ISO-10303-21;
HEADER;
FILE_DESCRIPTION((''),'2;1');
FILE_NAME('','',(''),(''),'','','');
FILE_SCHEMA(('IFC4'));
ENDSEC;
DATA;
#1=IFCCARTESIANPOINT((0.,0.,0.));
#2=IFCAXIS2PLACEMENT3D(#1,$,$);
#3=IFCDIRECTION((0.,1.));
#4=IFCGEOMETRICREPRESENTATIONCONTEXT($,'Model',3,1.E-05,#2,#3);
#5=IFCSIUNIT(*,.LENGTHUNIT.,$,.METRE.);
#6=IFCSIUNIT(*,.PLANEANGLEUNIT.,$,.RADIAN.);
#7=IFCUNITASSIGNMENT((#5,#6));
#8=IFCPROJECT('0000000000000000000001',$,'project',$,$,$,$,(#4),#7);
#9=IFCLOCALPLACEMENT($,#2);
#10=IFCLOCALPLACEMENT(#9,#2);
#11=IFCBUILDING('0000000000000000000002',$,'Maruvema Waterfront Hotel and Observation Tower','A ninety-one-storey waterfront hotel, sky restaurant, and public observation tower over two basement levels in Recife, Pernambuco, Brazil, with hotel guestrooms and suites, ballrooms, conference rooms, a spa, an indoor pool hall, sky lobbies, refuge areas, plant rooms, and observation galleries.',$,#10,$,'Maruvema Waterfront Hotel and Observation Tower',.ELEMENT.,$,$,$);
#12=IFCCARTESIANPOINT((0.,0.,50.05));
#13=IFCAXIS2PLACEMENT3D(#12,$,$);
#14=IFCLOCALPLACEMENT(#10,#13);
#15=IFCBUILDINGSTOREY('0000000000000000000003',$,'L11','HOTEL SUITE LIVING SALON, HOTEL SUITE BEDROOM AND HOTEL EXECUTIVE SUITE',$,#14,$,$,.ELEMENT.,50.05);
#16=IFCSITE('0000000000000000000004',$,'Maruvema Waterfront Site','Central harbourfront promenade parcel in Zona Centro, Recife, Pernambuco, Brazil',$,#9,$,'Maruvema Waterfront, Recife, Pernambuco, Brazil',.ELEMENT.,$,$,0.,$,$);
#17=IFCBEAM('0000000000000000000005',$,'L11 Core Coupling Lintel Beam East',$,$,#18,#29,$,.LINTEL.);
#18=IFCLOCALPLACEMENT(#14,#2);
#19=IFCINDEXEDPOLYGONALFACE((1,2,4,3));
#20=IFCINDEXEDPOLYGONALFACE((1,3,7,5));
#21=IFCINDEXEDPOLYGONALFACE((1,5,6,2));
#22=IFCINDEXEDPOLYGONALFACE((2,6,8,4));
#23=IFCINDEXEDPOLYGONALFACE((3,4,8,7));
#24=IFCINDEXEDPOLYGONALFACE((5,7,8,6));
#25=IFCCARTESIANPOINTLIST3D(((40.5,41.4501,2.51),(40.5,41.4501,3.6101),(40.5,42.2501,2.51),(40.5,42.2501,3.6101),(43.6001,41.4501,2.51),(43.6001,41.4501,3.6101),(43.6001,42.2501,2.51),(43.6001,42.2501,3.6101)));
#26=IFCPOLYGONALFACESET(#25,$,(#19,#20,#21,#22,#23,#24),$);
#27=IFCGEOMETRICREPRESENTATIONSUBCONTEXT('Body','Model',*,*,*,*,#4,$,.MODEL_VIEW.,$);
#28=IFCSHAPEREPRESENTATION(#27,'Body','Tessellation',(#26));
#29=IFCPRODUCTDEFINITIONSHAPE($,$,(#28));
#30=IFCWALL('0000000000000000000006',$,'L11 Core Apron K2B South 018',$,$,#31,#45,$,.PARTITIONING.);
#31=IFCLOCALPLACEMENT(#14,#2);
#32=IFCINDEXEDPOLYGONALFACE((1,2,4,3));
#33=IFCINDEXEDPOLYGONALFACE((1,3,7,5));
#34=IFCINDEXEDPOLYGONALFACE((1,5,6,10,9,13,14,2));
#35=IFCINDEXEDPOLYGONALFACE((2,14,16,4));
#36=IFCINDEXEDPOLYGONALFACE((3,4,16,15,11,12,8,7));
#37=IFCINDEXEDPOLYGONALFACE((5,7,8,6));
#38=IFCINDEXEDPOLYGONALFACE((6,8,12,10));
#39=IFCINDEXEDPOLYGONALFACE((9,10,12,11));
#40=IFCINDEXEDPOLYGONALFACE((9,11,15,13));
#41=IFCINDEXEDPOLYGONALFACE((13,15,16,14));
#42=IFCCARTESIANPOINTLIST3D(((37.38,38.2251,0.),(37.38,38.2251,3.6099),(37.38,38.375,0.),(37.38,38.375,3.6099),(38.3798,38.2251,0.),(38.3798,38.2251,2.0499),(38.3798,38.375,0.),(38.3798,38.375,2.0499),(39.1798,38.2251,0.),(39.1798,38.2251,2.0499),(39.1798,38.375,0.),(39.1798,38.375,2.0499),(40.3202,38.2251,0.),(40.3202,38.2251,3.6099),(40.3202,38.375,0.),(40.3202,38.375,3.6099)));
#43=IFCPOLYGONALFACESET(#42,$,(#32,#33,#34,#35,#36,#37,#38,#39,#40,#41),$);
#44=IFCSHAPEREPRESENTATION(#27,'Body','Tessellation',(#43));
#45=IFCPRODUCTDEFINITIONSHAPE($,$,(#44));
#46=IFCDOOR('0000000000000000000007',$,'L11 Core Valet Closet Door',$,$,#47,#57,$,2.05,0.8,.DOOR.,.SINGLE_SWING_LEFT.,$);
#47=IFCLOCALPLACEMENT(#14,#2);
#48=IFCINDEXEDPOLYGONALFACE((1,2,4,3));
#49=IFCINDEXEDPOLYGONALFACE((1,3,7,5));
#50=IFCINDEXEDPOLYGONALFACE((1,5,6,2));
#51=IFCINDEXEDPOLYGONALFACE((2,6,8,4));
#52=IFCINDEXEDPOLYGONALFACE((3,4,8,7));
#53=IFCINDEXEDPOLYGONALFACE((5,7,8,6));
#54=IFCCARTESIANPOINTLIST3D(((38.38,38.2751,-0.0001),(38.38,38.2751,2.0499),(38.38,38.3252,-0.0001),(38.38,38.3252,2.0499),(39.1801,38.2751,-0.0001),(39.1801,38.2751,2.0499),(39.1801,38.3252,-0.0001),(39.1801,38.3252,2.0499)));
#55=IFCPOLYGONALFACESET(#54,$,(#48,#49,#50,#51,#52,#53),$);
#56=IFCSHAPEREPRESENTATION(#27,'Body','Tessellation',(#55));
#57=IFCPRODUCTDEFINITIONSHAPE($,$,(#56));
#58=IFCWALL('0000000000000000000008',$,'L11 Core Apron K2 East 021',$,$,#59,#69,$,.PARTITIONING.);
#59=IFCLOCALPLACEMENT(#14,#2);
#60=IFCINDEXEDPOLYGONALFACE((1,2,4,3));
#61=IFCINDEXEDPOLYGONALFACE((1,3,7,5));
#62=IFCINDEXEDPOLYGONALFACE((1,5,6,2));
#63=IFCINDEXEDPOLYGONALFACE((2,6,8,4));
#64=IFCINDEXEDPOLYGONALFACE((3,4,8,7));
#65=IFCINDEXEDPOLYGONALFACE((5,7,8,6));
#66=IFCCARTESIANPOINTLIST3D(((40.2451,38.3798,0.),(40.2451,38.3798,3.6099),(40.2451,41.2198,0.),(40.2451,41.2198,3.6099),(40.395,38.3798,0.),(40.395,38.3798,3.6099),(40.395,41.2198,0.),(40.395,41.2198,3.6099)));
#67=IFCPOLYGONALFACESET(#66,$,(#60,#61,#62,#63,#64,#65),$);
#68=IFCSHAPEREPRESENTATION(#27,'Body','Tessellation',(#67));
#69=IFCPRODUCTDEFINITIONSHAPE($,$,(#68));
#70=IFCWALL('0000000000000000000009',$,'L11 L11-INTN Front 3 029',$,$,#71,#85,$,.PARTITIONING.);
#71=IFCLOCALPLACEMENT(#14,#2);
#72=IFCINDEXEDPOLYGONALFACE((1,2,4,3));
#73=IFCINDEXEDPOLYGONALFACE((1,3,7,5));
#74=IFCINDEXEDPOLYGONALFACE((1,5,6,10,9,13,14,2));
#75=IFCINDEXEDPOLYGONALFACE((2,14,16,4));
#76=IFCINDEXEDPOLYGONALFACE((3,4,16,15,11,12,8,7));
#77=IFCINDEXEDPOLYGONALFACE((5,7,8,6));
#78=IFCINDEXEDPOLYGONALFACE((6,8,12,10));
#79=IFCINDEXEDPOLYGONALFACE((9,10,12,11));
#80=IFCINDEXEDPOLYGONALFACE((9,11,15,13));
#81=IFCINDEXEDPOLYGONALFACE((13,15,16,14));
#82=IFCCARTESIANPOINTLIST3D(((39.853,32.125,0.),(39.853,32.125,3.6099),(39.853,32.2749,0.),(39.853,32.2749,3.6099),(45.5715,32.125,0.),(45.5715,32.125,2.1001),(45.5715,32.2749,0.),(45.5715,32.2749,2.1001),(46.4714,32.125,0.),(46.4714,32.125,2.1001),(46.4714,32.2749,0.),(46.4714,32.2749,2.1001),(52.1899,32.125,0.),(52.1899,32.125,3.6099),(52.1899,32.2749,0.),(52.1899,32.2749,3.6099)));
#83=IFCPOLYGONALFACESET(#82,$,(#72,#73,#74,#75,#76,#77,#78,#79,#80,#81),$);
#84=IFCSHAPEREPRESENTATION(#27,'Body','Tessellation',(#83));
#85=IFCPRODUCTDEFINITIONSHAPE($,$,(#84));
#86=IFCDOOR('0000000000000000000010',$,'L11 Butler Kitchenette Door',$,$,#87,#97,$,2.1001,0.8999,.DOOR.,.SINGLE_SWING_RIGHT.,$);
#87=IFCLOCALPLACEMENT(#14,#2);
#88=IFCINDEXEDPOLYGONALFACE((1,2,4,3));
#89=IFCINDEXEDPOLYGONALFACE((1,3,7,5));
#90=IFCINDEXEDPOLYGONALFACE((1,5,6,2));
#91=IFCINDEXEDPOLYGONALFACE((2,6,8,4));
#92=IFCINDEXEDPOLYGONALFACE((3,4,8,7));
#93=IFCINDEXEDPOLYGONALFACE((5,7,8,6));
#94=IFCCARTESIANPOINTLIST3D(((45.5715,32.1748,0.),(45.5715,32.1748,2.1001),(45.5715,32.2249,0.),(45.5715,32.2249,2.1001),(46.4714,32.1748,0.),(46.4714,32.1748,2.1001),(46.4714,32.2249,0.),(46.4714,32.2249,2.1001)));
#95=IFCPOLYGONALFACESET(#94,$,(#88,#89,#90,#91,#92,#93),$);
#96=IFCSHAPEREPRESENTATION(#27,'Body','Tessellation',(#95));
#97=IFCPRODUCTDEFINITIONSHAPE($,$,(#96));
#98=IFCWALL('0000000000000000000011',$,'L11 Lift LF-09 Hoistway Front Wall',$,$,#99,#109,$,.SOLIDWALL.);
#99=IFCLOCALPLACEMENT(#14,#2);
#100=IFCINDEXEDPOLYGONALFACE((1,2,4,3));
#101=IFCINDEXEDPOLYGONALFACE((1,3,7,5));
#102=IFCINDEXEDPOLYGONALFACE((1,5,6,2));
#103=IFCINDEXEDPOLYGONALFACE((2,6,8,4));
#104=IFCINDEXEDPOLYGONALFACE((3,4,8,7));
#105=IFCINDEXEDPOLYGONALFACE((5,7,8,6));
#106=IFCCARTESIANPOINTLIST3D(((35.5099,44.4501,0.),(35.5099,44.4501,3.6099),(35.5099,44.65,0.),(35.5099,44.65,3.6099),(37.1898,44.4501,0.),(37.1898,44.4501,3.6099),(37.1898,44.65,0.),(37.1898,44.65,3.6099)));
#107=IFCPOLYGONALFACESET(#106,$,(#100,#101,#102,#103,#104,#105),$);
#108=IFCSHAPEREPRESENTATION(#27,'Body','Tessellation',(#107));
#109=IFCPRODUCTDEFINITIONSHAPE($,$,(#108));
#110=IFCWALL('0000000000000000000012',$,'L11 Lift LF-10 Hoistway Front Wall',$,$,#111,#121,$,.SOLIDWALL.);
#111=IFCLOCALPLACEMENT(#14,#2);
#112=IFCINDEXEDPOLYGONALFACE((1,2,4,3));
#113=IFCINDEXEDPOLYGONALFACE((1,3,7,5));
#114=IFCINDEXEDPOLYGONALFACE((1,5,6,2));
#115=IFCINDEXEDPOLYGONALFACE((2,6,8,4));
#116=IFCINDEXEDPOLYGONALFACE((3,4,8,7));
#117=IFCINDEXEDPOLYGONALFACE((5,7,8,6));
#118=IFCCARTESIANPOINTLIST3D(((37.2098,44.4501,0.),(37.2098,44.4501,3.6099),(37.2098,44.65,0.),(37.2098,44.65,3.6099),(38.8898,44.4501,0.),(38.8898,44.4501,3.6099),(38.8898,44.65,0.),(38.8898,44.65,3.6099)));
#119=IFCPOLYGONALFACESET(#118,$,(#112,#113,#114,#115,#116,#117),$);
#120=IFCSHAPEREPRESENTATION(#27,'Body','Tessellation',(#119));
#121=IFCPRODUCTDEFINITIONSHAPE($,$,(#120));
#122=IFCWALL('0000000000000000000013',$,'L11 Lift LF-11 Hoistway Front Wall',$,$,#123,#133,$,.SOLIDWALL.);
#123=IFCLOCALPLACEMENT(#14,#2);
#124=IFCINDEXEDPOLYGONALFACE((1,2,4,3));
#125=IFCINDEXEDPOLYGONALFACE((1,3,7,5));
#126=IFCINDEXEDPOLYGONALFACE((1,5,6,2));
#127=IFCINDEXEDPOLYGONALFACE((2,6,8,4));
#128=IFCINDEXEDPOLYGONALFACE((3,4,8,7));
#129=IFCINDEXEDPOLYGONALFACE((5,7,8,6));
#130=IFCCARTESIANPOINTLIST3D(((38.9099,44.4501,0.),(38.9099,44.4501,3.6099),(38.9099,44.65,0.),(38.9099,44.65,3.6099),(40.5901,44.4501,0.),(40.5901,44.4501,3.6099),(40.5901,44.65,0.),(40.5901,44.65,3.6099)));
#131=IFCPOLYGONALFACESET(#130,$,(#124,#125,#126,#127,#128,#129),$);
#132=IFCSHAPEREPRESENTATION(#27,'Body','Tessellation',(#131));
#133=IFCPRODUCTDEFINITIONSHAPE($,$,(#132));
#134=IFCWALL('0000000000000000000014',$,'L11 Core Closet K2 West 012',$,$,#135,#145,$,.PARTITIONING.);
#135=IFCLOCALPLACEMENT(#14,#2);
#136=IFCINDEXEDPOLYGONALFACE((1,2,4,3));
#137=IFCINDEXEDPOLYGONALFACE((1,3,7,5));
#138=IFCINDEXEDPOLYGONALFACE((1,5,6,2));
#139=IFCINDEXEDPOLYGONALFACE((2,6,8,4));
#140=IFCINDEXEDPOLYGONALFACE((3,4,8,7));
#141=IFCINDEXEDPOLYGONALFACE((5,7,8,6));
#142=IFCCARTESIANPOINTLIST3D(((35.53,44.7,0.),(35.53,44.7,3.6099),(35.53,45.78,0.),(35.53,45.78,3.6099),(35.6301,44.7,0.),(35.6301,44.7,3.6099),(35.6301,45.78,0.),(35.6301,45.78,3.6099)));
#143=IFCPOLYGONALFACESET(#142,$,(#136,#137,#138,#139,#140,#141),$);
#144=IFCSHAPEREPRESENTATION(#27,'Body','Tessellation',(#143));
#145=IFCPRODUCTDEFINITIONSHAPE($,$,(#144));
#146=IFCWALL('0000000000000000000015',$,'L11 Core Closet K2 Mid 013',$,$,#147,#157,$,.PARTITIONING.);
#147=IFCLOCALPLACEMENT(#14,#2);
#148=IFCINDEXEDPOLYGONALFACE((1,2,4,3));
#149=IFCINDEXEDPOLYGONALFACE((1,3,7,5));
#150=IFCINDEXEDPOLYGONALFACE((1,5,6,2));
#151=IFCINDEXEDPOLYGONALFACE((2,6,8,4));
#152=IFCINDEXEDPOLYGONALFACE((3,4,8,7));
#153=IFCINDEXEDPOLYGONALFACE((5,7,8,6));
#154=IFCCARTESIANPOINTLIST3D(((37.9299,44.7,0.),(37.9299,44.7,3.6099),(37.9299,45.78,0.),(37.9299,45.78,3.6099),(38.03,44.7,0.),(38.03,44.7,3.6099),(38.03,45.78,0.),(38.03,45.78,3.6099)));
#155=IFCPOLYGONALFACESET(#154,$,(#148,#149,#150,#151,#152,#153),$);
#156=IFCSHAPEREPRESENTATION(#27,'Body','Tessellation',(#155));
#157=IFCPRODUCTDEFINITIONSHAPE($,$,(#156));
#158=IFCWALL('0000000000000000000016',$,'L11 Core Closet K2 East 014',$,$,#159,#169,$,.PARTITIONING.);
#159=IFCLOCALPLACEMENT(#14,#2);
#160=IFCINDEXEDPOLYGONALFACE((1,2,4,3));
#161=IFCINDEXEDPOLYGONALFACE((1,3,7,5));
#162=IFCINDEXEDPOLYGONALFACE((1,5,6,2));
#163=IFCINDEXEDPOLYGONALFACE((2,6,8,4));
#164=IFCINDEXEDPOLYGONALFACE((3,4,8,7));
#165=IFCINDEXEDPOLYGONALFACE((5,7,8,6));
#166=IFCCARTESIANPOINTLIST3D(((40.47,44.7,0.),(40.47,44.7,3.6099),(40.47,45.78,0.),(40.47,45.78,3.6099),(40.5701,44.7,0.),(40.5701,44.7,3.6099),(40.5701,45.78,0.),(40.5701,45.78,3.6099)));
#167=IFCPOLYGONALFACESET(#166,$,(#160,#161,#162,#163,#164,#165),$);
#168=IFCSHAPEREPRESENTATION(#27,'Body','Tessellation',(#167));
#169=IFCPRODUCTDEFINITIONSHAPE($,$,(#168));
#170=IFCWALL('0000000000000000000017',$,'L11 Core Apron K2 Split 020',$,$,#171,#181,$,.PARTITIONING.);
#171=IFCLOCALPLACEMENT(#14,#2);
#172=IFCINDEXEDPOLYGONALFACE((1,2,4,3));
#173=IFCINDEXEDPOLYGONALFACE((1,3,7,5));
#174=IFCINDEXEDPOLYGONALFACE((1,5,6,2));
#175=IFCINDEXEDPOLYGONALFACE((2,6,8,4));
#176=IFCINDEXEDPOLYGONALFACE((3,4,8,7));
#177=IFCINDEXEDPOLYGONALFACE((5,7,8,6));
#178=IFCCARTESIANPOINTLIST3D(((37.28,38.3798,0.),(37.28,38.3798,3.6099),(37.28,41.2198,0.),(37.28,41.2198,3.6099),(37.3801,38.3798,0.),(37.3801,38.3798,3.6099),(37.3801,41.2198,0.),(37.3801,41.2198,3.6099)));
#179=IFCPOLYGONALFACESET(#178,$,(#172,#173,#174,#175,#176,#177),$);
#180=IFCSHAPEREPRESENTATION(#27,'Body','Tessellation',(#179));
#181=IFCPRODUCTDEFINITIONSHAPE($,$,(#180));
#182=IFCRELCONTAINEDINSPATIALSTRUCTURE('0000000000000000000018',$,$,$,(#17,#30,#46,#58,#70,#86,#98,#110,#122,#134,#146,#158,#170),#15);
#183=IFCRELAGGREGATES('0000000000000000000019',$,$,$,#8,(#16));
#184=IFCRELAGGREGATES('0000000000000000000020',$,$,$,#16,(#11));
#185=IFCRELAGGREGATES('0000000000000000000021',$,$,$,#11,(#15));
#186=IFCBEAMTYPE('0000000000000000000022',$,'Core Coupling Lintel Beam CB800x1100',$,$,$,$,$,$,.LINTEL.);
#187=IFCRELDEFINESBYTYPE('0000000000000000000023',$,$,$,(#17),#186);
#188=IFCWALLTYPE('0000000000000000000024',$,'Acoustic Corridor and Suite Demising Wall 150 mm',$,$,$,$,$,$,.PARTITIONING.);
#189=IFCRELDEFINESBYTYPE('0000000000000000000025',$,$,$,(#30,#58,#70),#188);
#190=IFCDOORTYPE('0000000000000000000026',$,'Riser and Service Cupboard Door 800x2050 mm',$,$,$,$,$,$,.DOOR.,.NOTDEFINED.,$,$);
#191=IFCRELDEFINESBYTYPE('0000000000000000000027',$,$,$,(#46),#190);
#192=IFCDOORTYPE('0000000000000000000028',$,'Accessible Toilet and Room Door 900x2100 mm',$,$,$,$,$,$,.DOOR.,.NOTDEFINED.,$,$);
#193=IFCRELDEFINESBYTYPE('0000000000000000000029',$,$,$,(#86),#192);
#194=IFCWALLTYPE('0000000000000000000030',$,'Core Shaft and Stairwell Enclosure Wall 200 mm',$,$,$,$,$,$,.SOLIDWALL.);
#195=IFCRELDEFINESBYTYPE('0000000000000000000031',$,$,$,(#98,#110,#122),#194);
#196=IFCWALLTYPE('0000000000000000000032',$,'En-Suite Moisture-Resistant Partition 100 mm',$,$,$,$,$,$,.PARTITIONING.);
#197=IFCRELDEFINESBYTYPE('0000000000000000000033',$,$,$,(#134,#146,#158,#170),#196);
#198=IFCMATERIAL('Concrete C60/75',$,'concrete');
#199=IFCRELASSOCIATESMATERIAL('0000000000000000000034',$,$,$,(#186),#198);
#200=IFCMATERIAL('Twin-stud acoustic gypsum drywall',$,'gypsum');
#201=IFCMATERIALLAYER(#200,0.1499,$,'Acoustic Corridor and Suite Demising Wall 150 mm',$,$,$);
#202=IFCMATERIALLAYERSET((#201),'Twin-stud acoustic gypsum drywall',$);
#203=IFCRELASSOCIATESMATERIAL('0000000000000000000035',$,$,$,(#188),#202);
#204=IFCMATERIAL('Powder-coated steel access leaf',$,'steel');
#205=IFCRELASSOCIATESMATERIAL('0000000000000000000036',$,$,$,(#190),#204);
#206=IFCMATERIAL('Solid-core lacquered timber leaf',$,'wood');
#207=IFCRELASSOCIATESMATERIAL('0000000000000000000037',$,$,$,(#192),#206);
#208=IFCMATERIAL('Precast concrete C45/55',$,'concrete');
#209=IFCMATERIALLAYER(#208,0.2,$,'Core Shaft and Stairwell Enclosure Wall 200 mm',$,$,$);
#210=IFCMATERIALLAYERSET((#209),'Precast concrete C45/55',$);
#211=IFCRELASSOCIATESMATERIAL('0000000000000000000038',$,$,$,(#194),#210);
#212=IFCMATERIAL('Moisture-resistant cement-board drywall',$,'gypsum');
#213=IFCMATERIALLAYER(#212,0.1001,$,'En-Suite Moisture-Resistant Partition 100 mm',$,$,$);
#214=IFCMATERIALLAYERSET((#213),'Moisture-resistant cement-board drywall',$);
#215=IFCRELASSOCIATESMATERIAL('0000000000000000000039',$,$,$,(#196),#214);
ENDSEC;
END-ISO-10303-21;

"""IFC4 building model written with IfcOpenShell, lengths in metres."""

from ifc_helpers import new_model, si_unit, direction, frame, frame_2d, origin, origin_2d, place, context, subcontext, project, spatial, rectangle, extrude, material, layer, layer_set, material_profile, profile_set, type_object, element, fill, save


model = new_model("IFC4")

# Units and contexts
model_context = context("Model", 3, precision=1e-05, world=origin(), true_north=direction((0.0, 1.0)))
body_context = subcontext(model_context, "Body", "Model", "MODEL_VIEW")
ifc_project = project(units=[si_unit("LENGTHUNIT", "METRE"), si_unit("PLANEANGLEUNIT", "RADIAN")], contexts=[model_context])

# Site, building, storey
site_placement = place(None, origin())
site = spatial("IfcSite", under=ifc_project, at=site_placement, Name="Maruvema Waterfront Site", Description="Central harbourfront promenade parcel in Zona Centro, Recife, Pernambuco, Brazil", LongName="Maruvema Waterfront, Recife, Pernambuco, Brazil", CompositionType="ELEMENT", RefElevation=0.0)
building_placement = place(site_placement, origin())
building = spatial("IfcBuilding", under=site, at=building_placement, Name="Maruvema Waterfront Hotel and Observation Tower", Description="A ninety-one-storey waterfront hotel, sky restaurant, and public observation tower over two basement levels in Recife, Pernambuco, Brazil, with hotel guestrooms and suites, ballrooms, conference rooms, a spa, an indoor pool hall, sky lobbies, refuge areas, plant rooms, and observation galleries.", LongName="Maruvema Waterfront Hotel and Observation Tower", CompositionType="ELEMENT")
storey_placement = place(building_placement, frame((0.0, 0.0, 50.05)))
storey = spatial("IfcBuildingStorey", under=building, at=storey_placement, Name="L11", Description="HOTEL SUITE LIVING SALON, HOTEL SUITE BEDROOM AND HOTEL EXECUTIVE SUITE", CompositionType="ELEMENT", Elevation=50.05)

# Beam
ifc_material_1 = material(Name="Concrete C60/75", Category="concrete")
ifc_material_profile = material_profile(ifc_material_1, rectangle(XDim=0.8, YDim=1.1001, at=origin_2d()), Name="CB800x1100")
ifc_profile_set = profile_set([ifc_material_profile], Name="Concrete C60/75")
beam_type = type_object("IfcBeamType", Name="Core Coupling Lintel Beam CB800x1100", PredefinedType="LINTEL", material=ifc_profile_set)
beam_placement = place(storey_placement, frame((40.5, 41.8501, 3.0601), z_axis=(1.0, 0.0, 0.0), x_axis=(0.0, 1.0, 0.0)))
element("IfcBeam", 1, at=beam_placement, inside=storey, type_object=beam_type, Name="L11 Core Coupling Lintel Beam East", PredefinedType="LINTEL", context=body_context, shape_type="SweptSolid", body=[
    extrude(rectangle(XDim=0.8, YDim=1.1001, at=origin_2d()), origin(), (0.0, 0.0, 1.0), 3.1001),
])

# Wall, opening, door
ifc_material_2 = material(Name="Twin-stud acoustic gypsum drywall", Category="gypsum")
ifc_layer_1 = layer(ifc_material_2, 0.1499, Name="Acoustic Corridor and Suite Demising Wall 150 mm")
ifc_layer_set_1 = layer_set([ifc_layer_1], Name="Twin-stud acoustic gypsum drywall")
wall_type_1 = type_object("IfcWallType", Name="Acoustic Corridor and Suite Demising Wall 150 mm", PredefinedType="PARTITIONING", material=ifc_layer_set_1)
wall_1_placement = place(storey_placement, frame((37.3799, 38.3, 0.0), z_axis=(0.0, 0.0, 1.0), x_axis=(1.0, 0.0, 0.0)))
wall_1 = element("IfcWall", 2, at=wall_1_placement, inside=storey, type_object=wall_type_1, Name="L11 Core Apron K2B South 018", PredefinedType="PARTITIONING", context=body_context, shape_type="SweptSolid", body=[
    extrude(rectangle(XDim=2.9402, YDim=0.1499, at=frame_2d((1.4702, 0.0))), origin(), (0.0, 0.0, 1.0), 3.6099),
])
opening_1_placement = place(wall_1_placement, frame((1.0, 0.0, 0.0)))
opening_1 = element("IfcOpeningElement", 3, at=opening_1_placement, cuts=wall_1, PredefinedType="OPENING", context=body_context, shape_type="SweptSolid", body=[
    extrude(rectangle(XDim=0.8, YDim=2.05, at=frame_2d((0.3999, 1.0249))), frame((0.0, 0.085, 0.0), z_axis=(0.0, -1.0, 0.0), x_axis=(1.0, 0.0, 0.0)), (0.0, 0.0, 1.0), 0.1699),
])
ifc_material_3 = material(Name="Powder-coated steel access leaf", Category="steel")
door_type_1 = type_object("IfcDoorType", Name="Riser and Service Cupboard Door 800x2050 mm", OperationType="NOTDEFINED", PredefinedType="DOOR", material=ifc_material_3)
door_1_placement = place(opening_1_placement, frame((0.8, 0.0, 0.0), z_axis=(0.0, 0.0, 1.0), x_axis=(-1.0, 0.0, 0.0)))
door_1 = element("IfcDoor", 4, at=door_1_placement, inside=storey, type_object=door_type_1, Name="L11 Core Valet Closet Door", OperationType="SINGLE_SWING_LEFT", OverallHeight=2.05, OverallWidth=0.8, PredefinedType="DOOR", context=body_context, shape_type="SweptSolid", body=[
    extrude(rectangle(XDim=0.8, YDim=2.05, at=frame_2d((0.3999, 1.0249))), frame((0.0, 0.0249, 0.0), z_axis=(0.0, -1.0, 0.0), x_axis=(1.0, 0.0, 0.0)), (0.0, 0.0, 1.0), 0.05),
])
fill(opening_1, door_1)

# Wall
wall_2_placement = place(storey_placement, frame((40.3201, 38.3799, 0.0), z_axis=(0.0, 0.0, 1.0), x_axis=(0.0, 1.0, 0.0)))
element("IfcWall", 5, at=wall_2_placement, inside=storey, type_object=wall_type_1, Name="L11 Core Apron K2 East 021", PredefinedType="PARTITIONING", context=body_context, shape_type="SweptSolid", body=[
    extrude(rectangle(XDim=2.8401, YDim=0.1499, at=frame_2d((1.4199, 0.0))), origin(), (0.0, 0.0, 1.0), 3.6099),
])

# Wall, opening, door
wall_3_placement = place(storey_placement, frame((39.853, 32.2, 0.0), z_axis=(0.0, 0.0, 1.0), x_axis=(1.0, 0.0, 0.0)))
wall_3 = element("IfcWall", 6, at=wall_3_placement, inside=storey, type_object=wall_type_1, Name="L11 L11-INTN Front 3 029", PredefinedType="PARTITIONING", context=body_context, shape_type="SweptSolid", body=[
    extrude(rectangle(XDim=12.3369, YDim=0.1499, at=frame_2d((6.1685, 0.0))), origin(), (0.0, 0.0, 1.0), 3.6099),
])
opening_2_placement = place(wall_3_placement, frame((5.7185, 0.0, 0.0)))
opening_2 = element("IfcOpeningElement", 7, at=opening_2_placement, cuts=wall_3, PredefinedType="OPENING", context=body_context, shape_type="SweptSolid", body=[
    extrude(rectangle(XDim=0.8999, YDim=2.1001, at=frame_2d((0.45, 1.05))), frame((0.0, 0.085, 0.0), z_axis=(0.0, -1.0, 0.0), x_axis=(1.0, 0.0, 0.0)), (0.0, 0.0, 1.0), 0.1699),
])
ifc_material_4 = material(Name="Solid-core lacquered timber leaf", Category="wood")
door_type_2 = type_object("IfcDoorType", Name="Accessible Toilet and Room Door 900x2100 mm", OperationType="NOTDEFINED", PredefinedType="DOOR", material=ifc_material_4)
door_2_placement = place(opening_2_placement, origin())
door_2 = element("IfcDoor", 8, at=door_2_placement, inside=storey, type_object=door_type_2, Name="L11 Butler Kitchenette Door", OperationType="SINGLE_SWING_RIGHT", OverallHeight=2.1001, OverallWidth=0.8999, PredefinedType="DOOR", context=body_context, shape_type="SweptSolid", body=[
    extrude(rectangle(XDim=0.8999, YDim=2.1001, at=frame_2d((0.45, 1.05))), frame((0.0, 0.0249, 0.0), z_axis=(0.0, -1.0, 0.0), x_axis=(1.0, 0.0, 0.0)), (0.0, 0.0, 1.0), 0.05),
])
fill(opening_2, door_2)

# Walls
ifc_material_5 = material(Name="Precast concrete C45/55", Category="concrete")
ifc_layer_2 = layer(ifc_material_5, 0.2, Name="Core Shaft and Stairwell Enclosure Wall 200 mm")
ifc_layer_set_2 = layer_set([ifc_layer_2], Name="Precast concrete C45/55")
wall_type_2 = type_object("IfcWallType", Name="Core Shaft and Stairwell Enclosure Wall 200 mm", PredefinedType="SOLIDWALL", material=ifc_layer_set_2)
for number, where, z_axis, x_axis, name in (
    (9, (35.51, 44.55, 0.0), (0.0, 0.0, 1.0), (1.0, 0.0, 0.0), "L11 Lift LF-09 Hoistway Front Wall"),
    (10, (37.21, 44.55, 0.0), (0.0, 0.0, 1.0), (1.0, 0.0, 0.0), "L11 Lift LF-10 Hoistway Front Wall"),
):
    element("IfcWall", number, at=place(storey_placement, frame(where, z_axis=z_axis, x_axis=x_axis)), inside=storey, type_object=wall_type_2, Name=name, PredefinedType="SOLIDWALL", context=body_context, shape_type="SweptSolid", body=[
        extrude(rectangle(XDim=1.6799, YDim=0.2, at=frame_2d((0.8398, 0.0))), origin(), (0.0, 0.0, 1.0), 3.6099),
    ])
wall_4_placement = place(storey_placement, frame((38.9099, 44.55, 0.0), z_axis=(0.0, 0.0, 1.0), x_axis=(1.0, 0.0, 0.0)))
element("IfcWall", 11, at=wall_4_placement, inside=storey, type_object=wall_type_2, Name="L11 Lift LF-11 Hoistway Front Wall", PredefinedType="SOLIDWALL", context=body_context, shape_type="SweptSolid", body=[
    extrude(rectangle(XDim=1.6802, YDim=0.2, at=frame_2d((0.8401, 0.0))), origin(), (0.0, 0.0, 1.0), 3.6099),
])
ifc_material_6 = material(Name="Moisture-resistant cement-board drywall", Category="gypsum")
ifc_layer_3 = layer(ifc_material_6, 0.1001, Name="En-Suite Moisture-Resistant Partition 100 mm")
ifc_layer_set_3 = layer_set([ifc_layer_3], Name="Moisture-resistant cement-board drywall")
wall_type_3 = type_object("IfcWallType", Name="En-Suite Moisture-Resistant Partition 100 mm", PredefinedType="PARTITIONING", material=ifc_layer_set_3)
for number, where, z_axis, x_axis, name in (
    (12, (35.5801, 44.7, 0.0), (0.0, 0.0, 1.0), (0.0, 1.0, 0.0), "L11 Core Closet K2 West 012"),
    (13, (37.98, 44.7, 0.0), (0.0, 0.0, 1.0), (0.0, 1.0, 0.0), "L11 Core Closet K2 Mid 013"),
    (14, (40.52, 44.7, 0.0), (0.0, 0.0, 1.0), (0.0, 1.0, 0.0), "L11 Core Closet K2 East 014"),
):
    element("IfcWall", number, at=place(storey_placement, frame(where, z_axis=z_axis, x_axis=x_axis)), inside=storey, type_object=wall_type_3, Name=name, PredefinedType="PARTITIONING", context=body_context, shape_type="SweptSolid", body=[
        extrude(rectangle(XDim=1.0801, YDim=0.1001, at=frame_2d((0.54, 0.0))), origin(), (0.0, 0.0, 1.0), 3.6099),
    ])
wall_5_placement = place(storey_placement, frame((37.3301, 38.3799, 0.0), z_axis=(0.0, 0.0, 1.0), x_axis=(0.0, 1.0, 0.0)))
element("IfcWall", 15, at=wall_5_placement, inside=storey, type_object=wall_type_3, Name="L11 Core Apron K2 Split 020", PredefinedType="PARTITIONING", context=body_context, shape_type="SweptSolid", body=[
    extrude(rectangle(XDim=2.8401, YDim=0.1001, at=frame_2d((1.4199, 0.0))), origin(), (0.0, 0.0, 1.0), 3.6099),
])

save(model, "model.ifc")
